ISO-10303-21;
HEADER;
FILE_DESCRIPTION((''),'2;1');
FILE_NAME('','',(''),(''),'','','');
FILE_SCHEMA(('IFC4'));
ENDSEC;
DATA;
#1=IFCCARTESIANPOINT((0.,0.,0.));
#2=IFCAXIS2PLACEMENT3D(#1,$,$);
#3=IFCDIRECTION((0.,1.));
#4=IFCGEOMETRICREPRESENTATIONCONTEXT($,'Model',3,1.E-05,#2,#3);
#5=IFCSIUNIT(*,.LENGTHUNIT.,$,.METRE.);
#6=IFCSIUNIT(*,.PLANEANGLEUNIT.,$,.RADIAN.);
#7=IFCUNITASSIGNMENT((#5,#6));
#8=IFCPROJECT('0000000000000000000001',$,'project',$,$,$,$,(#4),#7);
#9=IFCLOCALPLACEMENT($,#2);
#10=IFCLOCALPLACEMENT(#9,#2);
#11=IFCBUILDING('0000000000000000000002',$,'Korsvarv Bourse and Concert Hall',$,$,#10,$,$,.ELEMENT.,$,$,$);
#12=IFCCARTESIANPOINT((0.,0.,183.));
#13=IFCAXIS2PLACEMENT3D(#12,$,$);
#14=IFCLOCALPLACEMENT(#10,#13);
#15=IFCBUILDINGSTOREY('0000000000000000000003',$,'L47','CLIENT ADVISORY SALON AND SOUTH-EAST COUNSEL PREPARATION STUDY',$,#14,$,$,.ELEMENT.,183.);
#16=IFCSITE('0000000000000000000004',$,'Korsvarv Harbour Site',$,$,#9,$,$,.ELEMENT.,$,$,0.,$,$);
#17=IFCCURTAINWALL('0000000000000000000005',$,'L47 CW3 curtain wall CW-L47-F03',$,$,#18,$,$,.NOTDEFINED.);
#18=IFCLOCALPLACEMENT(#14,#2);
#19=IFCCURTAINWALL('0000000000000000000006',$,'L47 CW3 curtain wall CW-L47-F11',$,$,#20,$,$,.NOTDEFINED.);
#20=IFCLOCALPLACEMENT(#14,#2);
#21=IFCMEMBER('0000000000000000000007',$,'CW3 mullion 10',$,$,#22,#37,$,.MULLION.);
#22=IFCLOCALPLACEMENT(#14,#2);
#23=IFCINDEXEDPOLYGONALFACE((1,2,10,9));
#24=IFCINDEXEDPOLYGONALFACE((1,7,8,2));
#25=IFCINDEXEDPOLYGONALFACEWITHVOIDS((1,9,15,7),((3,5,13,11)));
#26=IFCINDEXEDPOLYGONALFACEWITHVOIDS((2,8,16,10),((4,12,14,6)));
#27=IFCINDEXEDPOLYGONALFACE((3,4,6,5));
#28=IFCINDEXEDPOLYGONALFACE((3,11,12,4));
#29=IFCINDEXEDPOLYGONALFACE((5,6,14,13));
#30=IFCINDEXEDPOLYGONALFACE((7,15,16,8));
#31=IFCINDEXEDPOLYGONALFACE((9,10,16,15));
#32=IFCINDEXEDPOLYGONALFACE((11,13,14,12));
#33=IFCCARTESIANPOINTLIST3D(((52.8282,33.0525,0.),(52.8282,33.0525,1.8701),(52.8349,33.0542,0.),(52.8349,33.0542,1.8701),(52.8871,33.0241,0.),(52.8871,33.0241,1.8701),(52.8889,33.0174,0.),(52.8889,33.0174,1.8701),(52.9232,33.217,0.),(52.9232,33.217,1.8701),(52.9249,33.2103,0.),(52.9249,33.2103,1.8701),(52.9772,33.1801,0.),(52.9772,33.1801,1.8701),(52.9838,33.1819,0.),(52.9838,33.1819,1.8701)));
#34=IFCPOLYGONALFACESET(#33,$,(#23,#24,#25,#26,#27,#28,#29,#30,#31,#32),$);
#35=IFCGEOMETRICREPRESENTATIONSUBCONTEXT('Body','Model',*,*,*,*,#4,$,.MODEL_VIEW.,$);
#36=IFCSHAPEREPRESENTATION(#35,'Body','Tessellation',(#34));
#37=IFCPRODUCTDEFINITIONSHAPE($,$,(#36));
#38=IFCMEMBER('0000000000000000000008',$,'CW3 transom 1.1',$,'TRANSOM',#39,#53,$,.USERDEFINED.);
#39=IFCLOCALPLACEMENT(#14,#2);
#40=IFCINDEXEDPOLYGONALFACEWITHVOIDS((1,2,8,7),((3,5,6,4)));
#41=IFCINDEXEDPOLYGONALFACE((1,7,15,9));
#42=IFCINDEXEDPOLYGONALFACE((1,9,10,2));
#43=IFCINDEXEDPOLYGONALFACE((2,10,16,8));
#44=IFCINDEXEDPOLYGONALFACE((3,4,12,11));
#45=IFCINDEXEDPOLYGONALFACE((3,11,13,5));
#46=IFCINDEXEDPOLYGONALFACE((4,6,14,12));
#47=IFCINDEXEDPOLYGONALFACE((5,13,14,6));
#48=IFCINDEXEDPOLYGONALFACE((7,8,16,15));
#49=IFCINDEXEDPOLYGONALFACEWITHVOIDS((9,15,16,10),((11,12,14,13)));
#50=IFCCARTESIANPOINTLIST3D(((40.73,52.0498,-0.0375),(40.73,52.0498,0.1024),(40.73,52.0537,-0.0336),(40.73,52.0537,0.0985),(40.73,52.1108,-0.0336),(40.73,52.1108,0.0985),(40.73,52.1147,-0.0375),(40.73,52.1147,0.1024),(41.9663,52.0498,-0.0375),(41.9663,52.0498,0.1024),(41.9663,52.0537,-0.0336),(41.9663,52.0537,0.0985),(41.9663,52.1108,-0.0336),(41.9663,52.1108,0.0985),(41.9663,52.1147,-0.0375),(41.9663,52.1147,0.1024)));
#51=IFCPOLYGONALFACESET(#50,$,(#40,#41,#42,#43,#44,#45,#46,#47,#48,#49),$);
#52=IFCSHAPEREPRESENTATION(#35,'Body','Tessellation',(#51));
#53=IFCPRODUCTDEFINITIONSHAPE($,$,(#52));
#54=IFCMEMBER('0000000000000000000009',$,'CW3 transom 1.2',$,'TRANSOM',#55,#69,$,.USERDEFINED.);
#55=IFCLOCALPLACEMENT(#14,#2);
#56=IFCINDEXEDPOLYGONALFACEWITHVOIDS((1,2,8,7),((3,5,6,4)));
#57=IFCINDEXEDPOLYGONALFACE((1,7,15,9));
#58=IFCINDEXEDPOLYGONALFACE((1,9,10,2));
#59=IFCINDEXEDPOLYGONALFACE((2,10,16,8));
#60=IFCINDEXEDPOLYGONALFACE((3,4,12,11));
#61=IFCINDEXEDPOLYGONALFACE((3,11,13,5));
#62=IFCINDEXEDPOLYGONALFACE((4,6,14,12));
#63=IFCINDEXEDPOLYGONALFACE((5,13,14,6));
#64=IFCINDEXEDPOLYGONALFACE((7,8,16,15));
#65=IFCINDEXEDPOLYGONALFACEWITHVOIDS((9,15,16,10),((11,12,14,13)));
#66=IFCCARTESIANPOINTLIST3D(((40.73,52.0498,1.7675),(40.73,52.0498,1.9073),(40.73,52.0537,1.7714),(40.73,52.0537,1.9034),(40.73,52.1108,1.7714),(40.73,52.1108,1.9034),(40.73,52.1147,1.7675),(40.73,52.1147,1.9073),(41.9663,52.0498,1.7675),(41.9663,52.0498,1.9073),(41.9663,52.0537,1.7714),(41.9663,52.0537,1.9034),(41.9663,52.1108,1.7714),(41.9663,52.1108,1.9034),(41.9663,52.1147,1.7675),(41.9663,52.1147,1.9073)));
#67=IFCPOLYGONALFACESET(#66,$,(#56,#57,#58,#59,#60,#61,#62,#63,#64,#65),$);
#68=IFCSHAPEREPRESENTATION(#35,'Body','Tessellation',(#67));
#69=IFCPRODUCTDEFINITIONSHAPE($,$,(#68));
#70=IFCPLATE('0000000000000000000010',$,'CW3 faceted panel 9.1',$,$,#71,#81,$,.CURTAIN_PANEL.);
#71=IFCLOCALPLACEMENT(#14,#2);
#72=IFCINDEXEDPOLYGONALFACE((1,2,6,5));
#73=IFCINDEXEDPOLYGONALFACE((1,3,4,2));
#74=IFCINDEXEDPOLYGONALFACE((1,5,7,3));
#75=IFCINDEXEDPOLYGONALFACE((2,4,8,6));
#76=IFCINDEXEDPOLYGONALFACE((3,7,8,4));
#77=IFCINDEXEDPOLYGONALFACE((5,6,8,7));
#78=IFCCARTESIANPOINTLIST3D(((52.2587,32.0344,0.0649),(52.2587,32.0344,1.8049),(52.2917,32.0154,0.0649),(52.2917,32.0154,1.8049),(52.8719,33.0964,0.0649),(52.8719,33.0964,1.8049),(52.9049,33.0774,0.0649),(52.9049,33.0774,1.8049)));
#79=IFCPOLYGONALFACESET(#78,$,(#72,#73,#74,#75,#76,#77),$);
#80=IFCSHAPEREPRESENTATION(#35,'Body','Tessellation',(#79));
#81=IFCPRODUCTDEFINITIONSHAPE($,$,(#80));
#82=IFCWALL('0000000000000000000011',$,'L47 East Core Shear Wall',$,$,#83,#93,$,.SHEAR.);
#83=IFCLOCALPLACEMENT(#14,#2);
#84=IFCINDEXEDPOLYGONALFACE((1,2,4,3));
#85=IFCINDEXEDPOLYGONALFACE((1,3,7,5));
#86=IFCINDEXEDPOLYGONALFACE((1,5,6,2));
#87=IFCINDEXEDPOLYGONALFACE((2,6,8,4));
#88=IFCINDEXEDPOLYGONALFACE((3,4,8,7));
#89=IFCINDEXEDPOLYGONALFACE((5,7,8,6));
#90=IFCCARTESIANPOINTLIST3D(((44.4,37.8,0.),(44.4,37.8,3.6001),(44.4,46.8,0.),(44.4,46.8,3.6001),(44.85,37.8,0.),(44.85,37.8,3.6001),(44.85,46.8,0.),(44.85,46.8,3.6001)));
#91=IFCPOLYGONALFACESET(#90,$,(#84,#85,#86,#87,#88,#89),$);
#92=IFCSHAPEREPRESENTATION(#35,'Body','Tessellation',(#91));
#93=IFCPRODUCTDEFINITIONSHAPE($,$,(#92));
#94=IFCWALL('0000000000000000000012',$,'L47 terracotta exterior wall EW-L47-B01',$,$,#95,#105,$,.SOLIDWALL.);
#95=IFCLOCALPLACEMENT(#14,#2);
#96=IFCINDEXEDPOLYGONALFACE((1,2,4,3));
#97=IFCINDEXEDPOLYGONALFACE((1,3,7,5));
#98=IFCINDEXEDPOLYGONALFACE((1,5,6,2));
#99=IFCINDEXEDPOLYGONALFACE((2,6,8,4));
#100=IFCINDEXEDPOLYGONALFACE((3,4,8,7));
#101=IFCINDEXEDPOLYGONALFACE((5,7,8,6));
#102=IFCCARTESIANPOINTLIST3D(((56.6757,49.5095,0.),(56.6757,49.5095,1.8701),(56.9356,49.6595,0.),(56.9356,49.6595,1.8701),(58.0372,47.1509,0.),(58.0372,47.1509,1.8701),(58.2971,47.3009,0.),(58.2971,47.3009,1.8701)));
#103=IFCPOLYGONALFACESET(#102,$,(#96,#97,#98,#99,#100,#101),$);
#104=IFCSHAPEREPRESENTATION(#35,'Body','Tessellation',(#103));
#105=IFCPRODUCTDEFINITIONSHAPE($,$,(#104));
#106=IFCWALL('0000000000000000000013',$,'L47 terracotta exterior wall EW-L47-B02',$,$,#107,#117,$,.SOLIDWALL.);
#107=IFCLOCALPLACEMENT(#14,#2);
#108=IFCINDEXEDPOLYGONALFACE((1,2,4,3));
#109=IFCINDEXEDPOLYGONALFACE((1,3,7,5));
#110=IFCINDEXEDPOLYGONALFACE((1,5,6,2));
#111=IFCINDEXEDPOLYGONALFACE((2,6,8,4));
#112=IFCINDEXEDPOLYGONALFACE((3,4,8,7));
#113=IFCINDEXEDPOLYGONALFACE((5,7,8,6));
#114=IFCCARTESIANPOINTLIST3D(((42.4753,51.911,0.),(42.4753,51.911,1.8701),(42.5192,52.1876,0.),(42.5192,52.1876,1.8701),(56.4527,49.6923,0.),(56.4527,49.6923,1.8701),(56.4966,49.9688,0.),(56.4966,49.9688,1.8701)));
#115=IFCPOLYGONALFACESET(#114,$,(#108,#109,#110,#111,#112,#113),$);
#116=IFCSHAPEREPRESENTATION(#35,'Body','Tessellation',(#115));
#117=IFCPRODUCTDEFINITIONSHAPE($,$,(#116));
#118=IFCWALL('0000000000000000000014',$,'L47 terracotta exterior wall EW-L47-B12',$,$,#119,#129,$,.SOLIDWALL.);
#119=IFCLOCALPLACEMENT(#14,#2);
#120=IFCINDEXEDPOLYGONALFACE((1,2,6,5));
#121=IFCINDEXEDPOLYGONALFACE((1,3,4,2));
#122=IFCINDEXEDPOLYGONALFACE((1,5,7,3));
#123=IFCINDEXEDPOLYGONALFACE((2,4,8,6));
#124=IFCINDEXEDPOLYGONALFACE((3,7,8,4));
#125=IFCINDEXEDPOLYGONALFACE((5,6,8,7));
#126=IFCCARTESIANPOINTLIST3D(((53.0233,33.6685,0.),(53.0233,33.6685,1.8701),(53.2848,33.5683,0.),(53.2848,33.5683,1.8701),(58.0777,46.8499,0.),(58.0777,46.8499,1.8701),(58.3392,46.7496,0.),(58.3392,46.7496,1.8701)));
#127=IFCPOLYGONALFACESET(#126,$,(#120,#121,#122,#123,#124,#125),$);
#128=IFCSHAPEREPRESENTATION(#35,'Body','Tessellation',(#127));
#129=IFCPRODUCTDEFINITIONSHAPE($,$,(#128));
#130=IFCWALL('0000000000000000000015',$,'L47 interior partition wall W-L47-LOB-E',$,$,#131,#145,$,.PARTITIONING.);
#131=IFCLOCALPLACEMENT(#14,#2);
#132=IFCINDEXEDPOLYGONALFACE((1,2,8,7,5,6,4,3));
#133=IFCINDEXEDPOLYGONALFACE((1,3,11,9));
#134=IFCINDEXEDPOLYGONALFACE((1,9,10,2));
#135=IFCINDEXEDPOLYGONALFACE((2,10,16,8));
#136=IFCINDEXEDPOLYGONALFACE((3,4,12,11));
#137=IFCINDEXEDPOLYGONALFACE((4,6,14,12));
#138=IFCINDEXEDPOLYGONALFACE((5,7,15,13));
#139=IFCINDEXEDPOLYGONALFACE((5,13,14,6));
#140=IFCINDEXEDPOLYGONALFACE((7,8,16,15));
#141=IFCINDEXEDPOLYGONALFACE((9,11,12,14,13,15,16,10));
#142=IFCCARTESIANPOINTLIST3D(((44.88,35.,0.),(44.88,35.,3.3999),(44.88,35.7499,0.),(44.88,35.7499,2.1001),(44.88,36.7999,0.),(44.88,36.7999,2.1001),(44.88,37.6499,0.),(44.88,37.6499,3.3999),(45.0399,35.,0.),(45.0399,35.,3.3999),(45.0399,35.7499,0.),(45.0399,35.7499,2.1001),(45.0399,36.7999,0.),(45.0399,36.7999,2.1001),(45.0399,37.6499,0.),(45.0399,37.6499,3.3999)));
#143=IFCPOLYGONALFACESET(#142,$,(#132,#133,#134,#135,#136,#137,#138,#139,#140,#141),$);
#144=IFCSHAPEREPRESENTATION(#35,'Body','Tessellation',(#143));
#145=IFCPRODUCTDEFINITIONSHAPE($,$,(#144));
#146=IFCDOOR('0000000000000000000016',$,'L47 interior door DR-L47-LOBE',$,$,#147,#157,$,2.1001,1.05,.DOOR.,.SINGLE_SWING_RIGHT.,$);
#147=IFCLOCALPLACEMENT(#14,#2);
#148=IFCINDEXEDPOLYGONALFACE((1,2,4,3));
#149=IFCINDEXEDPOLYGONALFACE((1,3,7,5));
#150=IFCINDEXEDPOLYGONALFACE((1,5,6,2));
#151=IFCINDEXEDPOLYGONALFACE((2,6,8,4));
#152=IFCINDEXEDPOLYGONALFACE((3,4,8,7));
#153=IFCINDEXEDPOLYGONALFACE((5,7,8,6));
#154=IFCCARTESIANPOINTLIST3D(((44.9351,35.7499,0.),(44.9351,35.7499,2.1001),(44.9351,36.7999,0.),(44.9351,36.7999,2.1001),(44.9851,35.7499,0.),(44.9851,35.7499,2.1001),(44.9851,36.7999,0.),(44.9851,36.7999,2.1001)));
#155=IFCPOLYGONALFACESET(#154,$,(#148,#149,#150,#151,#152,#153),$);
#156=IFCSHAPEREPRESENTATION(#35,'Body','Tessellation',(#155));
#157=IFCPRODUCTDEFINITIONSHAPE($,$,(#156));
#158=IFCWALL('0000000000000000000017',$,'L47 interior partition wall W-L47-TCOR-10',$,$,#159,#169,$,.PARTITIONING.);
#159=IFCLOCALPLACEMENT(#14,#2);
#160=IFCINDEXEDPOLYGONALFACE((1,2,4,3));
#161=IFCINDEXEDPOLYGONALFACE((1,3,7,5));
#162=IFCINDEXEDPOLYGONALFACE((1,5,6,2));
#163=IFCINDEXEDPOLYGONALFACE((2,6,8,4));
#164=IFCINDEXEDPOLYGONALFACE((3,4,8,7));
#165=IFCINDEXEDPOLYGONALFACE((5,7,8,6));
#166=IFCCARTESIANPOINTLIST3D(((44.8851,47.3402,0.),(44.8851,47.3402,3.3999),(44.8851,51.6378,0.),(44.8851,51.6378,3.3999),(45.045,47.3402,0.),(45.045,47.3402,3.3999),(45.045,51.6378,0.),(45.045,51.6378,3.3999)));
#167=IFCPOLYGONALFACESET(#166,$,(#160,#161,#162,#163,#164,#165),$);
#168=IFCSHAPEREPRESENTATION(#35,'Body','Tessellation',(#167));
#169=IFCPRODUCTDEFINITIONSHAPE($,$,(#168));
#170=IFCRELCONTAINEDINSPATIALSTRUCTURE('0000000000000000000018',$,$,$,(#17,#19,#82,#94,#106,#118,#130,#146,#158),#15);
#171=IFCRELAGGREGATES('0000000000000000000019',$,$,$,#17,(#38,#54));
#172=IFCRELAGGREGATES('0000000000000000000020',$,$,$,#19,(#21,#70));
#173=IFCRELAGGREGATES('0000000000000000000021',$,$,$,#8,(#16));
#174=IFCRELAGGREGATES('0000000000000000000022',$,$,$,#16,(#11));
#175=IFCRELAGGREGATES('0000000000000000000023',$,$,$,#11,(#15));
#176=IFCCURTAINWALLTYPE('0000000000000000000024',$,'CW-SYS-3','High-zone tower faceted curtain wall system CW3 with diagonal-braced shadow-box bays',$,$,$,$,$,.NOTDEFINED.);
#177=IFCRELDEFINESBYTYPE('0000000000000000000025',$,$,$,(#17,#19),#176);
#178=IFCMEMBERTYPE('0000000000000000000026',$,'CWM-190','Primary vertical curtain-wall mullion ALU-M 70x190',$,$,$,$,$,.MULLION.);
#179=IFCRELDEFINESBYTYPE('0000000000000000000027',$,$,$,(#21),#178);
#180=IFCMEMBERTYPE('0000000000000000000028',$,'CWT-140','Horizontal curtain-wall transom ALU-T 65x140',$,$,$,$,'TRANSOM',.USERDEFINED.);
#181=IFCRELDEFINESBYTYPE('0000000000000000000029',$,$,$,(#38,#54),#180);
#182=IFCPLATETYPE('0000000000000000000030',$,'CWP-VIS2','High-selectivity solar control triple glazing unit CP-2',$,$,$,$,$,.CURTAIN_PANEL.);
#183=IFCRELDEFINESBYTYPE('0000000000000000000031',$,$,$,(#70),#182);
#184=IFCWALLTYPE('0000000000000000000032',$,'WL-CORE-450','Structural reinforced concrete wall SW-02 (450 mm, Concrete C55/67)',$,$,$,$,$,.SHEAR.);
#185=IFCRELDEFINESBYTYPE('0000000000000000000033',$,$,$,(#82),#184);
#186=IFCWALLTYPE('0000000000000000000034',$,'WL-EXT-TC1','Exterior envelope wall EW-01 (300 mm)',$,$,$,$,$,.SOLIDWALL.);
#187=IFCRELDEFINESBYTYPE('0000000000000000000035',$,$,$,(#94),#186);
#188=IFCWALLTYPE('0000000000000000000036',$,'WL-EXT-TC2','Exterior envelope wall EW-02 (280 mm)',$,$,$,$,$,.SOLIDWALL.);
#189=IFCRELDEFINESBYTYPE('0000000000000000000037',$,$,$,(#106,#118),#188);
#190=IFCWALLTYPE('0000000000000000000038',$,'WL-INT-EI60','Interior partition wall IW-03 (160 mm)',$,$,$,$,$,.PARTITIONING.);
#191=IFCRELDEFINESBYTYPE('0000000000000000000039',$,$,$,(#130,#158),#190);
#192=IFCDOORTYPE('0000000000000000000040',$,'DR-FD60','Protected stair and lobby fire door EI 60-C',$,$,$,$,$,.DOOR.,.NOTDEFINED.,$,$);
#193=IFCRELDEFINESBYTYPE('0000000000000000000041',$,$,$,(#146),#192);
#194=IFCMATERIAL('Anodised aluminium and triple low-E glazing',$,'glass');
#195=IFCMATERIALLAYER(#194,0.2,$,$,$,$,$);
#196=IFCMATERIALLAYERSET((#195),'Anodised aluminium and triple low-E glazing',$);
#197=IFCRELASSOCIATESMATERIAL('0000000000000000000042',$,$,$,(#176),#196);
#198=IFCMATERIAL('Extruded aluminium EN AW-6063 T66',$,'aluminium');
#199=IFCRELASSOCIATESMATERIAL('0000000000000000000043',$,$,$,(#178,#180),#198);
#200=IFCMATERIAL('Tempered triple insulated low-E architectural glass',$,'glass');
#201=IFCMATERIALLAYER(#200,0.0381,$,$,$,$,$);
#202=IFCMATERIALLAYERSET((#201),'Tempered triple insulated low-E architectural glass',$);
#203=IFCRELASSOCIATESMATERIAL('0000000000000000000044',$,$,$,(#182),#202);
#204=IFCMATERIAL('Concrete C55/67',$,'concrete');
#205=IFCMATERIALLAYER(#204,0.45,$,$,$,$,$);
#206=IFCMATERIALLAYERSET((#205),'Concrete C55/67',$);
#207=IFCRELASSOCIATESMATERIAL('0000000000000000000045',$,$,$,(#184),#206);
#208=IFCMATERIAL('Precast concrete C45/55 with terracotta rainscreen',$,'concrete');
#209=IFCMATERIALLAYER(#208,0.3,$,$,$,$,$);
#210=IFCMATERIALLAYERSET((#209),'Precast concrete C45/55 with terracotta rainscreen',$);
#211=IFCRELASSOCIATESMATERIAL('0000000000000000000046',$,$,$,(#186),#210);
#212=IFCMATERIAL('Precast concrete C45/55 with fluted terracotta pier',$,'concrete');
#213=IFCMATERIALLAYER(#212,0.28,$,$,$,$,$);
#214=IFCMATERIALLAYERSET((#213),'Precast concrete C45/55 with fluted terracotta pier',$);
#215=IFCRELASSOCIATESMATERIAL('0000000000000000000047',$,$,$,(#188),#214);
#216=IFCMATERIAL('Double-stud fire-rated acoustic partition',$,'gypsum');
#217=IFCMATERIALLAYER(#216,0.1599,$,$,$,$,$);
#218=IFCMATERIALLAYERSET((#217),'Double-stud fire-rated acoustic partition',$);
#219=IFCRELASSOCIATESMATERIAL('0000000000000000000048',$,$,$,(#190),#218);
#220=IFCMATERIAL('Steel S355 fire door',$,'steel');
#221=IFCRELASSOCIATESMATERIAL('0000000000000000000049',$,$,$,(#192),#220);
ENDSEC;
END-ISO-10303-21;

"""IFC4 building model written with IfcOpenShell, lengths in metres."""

from ifc_helpers import new_model, si_unit, direction, frame, frame_2d, origin, origin_2d, place, context, subcontext, project, spatial, rectangle, hollow_rectangle, extrude, source, transform, mapped, material, layer, layer_set, material_profile, profile_set, type_object, element, fill, aggregate, save


model = new_model("IFC4")

# Units and contexts
model_context = context("Model", 3, precision=1e-05, world=origin(), true_north=direction((0.0, 1.0)))
body_context = subcontext(model_context, "Body", "Model", "MODEL_VIEW")
ifc_project = project(units=[si_unit("LENGTHUNIT", "METRE"), si_unit("PLANEANGLEUNIT", "RADIAN")], contexts=[model_context])

# Site, building, storey
site_placement = place(None, origin())
site = spatial("IfcSite", under=ifc_project, at=site_placement, Name="Korsvarv Harbour Site", CompositionType="ELEMENT", RefElevation=0.0)
building_placement = place(site_placement, origin())
building = spatial("IfcBuilding", under=site, at=building_placement, Name="Korsvarv Bourse and Concert Hall", CompositionType="ELEMENT")
storey_placement = place(building_placement, frame((0.0, 0.0, 183.0)))
storey = spatial("IfcBuildingStorey", under=building, at=storey_placement, Name="L47", Description="CLIENT ADVISORY SALON AND SOUTH-EAST COUNSEL PREPARATION STUDY", CompositionType="ELEMENT", Elevation=183.0)

# Shared definitions
ifc_material_1 = material(Name="Concrete C55/67", Category="concrete")

# Curtain walls, member
ifc_material_2 = material(Name="Anodised aluminium and triple low-E glazing", Category="glass")
ifc_layer_1 = layer(ifc_material_2, 0.2)
ifc_layer_set_1 = layer_set([ifc_layer_1], Name="Anodised aluminium and triple low-E glazing")
curtain_wall_type = type_object("IfcCurtainWallType", Name="CW-SYS-3", Description="High-zone tower faceted curtain wall system CW3 with diagonal-braced shadow-box bays", PredefinedType="NOTDEFINED", material=ifc_layer_set_1)
curtain_wall_1_placement = place(storey_placement, origin())
curtain_wall_1 = element("IfcCurtainWall", 1, at=curtain_wall_1_placement, inside=storey, type_object=curtain_wall_type, Name="L47 CW3 curtain wall CW-L47-F03", PredefinedType="NOTDEFINED")
ifc_material_3 = material(Name="Extruded aluminium EN AW-6063 T66", Category="aluminium")
ifc_material_profile_1 = material_profile(ifc_material_3, hollow_rectangle(XDim=0.0701, YDim=0.1899, WallThickness=0.0049, at=origin_2d()), Name="ALU-M 70x190")
ifc_profile_set_1 = profile_set([ifc_material_profile_1], Name="Extruded aluminium EN AW-6063 T66")
member_type_1 = type_object("IfcMemberType", Name="CWM-190", Description="Primary vertical curtain-wall mullion ALU-M 70x190", PredefinedType="MULLION", material=ifc_profile_set_1)
shared_shape_1 = source(origin(), body_context, "Body", "SweptSolid", [
    extrude(hollow_rectangle(XDim=0.0701, YDim=0.1899, WallThickness=0.0049, at=origin_2d()), origin(), (0.0, 0.0, 1.0), 1.8701),
])
curtain_wall_2_placement = place(storey_placement, origin())
curtain_wall_2 = element("IfcCurtainWall", 2, at=curtain_wall_2_placement, inside=storey, type_object=curtain_wall_type, Name="L47 CW3 curtain wall CW-L47-F11", PredefinedType="NOTDEFINED")
member_1_placement = place(storey_placement, frame((52.906, 33.1172, 0.0), z_axis=(0.0, 0.0, 1.0), x_axis=(-0.866029, 0.499994, 0.0)))
member_1 = element("IfcMember", 3, at=member_1_placement, type_object=member_type_1, Name="CW3 mullion 10", PredefinedType="MULLION", context=body_context, shape_type="MappedRepresentation", body=[
    mapped(shared_shape_1, transform((0.0, 0.0, 0.0), scale=1.0)),
])

# Members
ifc_material_profile_2 = material_profile(ifc_material_3, hollow_rectangle(XDim=0.0649, YDim=0.1399, WallThickness=0.0039, at=origin_2d()), Name="ALU-T 65x140")
ifc_profile_set_2 = profile_set([ifc_material_profile_2], Name="Extruded aluminium EN AW-6063 T66")
member_type_2 = type_object("IfcMemberType", Name="CWT-140", Description="Horizontal curtain-wall transom ALU-T 65x140", ElementType="TRANSOM", PredefinedType="USERDEFINED", material=ifc_profile_set_2)
shared_shape_2 = source(origin(), body_context, "Body", "SweptSolid", [
    extrude(hollow_rectangle(XDim=0.0649, YDim=0.1399, WallThickness=0.0039, at=origin_2d()), origin(), (0.0, 0.0, 1.0), 1.2363),
])
member_2_placement = place(storey_placement, frame((41.9663, 52.0823, 0.0325), z_axis=(-1.0, 0.0, 0.0), x_axis=(0.0, -1.0, 0.0)))
member_2 = element("IfcMember", 4, at=member_2_placement, type_object=member_type_2, Name="CW3 transom 1.1", ObjectType="TRANSOM", PredefinedType="USERDEFINED", context=body_context, shape_type="MappedRepresentation", body=[
    mapped(shared_shape_2, transform((0.0, 0.0, 0.0), scale=1.0)),
])
member_3_placement = place(storey_placement, frame((41.9663, 52.0823, 1.8374), z_axis=(-1.0, 0.0, 0.0), x_axis=(0.0, -1.0, 0.0)))
member_3 = element("IfcMember", 5, at=member_3_placement, type_object=member_type_2, Name="CW3 transom 1.2", ObjectType="TRANSOM", PredefinedType="USERDEFINED", context=body_context, shape_type="MappedRepresentation", body=[
    mapped(shared_shape_2, transform((0.0, 0.0, 0.0), scale=1.0)),
])
aggregate(curtain_wall_1, [member_2, member_3])

# Plate
ifc_material_4 = material(Name="Tempered triple insulated low-E architectural glass", Category="glass")
ifc_layer_2 = layer(ifc_material_4, 0.0381)
ifc_layer_set_2 = layer_set([ifc_layer_2], Name="Tempered triple insulated low-E architectural glass")
plate_type = type_object("IfcPlateType", Name="CWP-VIS2", Description="High-selectivity solar control triple glazing unit CP-2", PredefinedType="CURTAIN_PANEL", material=ifc_layer_set_2)
shared_shape_3 = source(origin(), body_context, "Body", "SweptSolid", [
    extrude(rectangle(XDim=1.2263, YDim=0.0381, at=origin_2d()), origin(), (0.0, 0.0, 1.0), 1.74),
])
plate_placement = place(storey_placement, frame((52.5818, 32.5559, 0.0649), z_axis=(0.0, 0.0, 1.0), x_axis=(0.499994, 0.866029, 0.0)))
plate = element("IfcPlate", 6, at=plate_placement, type_object=plate_type, Name="CW3 faceted panel 9.1", PredefinedType="CURTAIN_PANEL", context=body_context, shape_type="MappedRepresentation", body=[
    mapped(shared_shape_3, transform((0.0, 0.0, 0.0), scale=1.0)),
])
aggregate(curtain_wall_2, [member_1, plate])

# Walls
ifc_layer_3 = layer(ifc_material_1, 0.45)
ifc_layer_set_3 = layer_set([ifc_layer_3], Name="Concrete C55/67")
wall_type_1 = type_object("IfcWallType", Name="WL-CORE-450", Description="Structural reinforced concrete wall SW-02 (450 mm, Concrete C55/67)", PredefinedType="SHEAR", material=ifc_layer_set_3)
wall_1_placement = place(storey_placement, frame((44.625, 37.8, 0.0), z_axis=(0.0, 0.0, 1.0), x_axis=(0.0, 1.0, 0.0)))
element("IfcWall", 7, at=wall_1_placement, inside=storey, type_object=wall_type_1, Name="L47 East Core Shear Wall", PredefinedType="SHEAR", context=body_context, shape_type="SweptSolid", body=[
    extrude(rectangle(XDim=9.0, YDim=0.45, at=frame_2d((4.5, 0.0))), origin(), (0.0, 0.0, 1.0), 3.6001),
])
ifc_material_5 = material(Name="Precast concrete C45/55 with terracotta rainscreen", Category="concrete")
ifc_layer_4 = layer(ifc_material_5, 0.3)
ifc_layer_set_4 = layer_set([ifc_layer_4], Name="Precast concrete C45/55 with terracotta rainscreen")
wall_type_2 = type_object("IfcWallType", Name="WL-EXT-TC1", Description="Exterior envelope wall EW-01 (300 mm)", PredefinedType="SOLIDWALL", material=ifc_layer_set_4)
wall_2_placement = place(storey_placement, frame((58.1672, 47.2258, 0.0), z_axis=(0.0, 0.0, 1.0), x_axis=(-0.499947, 0.866056, 0.0)))
element("IfcWall", 8, at=wall_2_placement, inside=storey, type_object=wall_type_2, Name="L47 terracotta exterior wall EW-L47-B01", PredefinedType="SOLIDWALL", context=body_context, shape_type="SweptSolid", body=[
    extrude(rectangle(XDim=2.7234, YDim=0.3, at=frame_2d((1.3618, 0.0))), origin(), (0.0, 0.0, 1.0), 1.8701),
])
ifc_material_6 = material(Name="Precast concrete C45/55 with fluted terracotta pier", Category="concrete")
ifc_layer_5 = layer(ifc_material_6, 0.28)
ifc_layer_set_5 = layer_set([ifc_layer_5], Name="Precast concrete C45/55 with fluted terracotta pier")
wall_type_3 = type_object("IfcWallType", Name="WL-EXT-TC2", Description="Exterior envelope wall EW-02 (280 mm)", PredefinedType="SOLIDWALL", material=ifc_layer_set_5)
wall_3_placement = place(storey_placement, frame((56.4746, 49.8306, 0.0), z_axis=(0.0, 0.0, 1.0), x_axis=(-0.987634, 0.156777, 0.0)))
element("IfcWall", 9, at=wall_3_placement, inside=storey, type_object=wall_type_3, Name="L47 terracotta exterior wall EW-L47-B02", PredefinedType="SOLIDWALL", context=body_context, shape_type="SweptSolid", body=[
    extrude(rectangle(XDim=14.1523, YDim=0.28, at=frame_2d((7.0762, 0.0))), origin(), (0.0, 0.0, 1.0), 1.8701),
])
wall_4_placement = place(storey_placement, frame((53.1541, 33.6184, 0.0), z_axis=(0.0, 0.0, 1.0), x_axis=(0.358033, 0.933709, 0.0)))
element("IfcWall", 10, at=wall_4_placement, inside=storey, type_object=wall_type_3, Name="L47 terracotta exterior wall EW-L47-B12", PredefinedType="SOLIDWALL", context=body_context, shape_type="SweptSolid", body=[
    extrude(rectangle(XDim=14.1172, YDim=0.28, at=frame_2d((7.0586, 0.0))), origin(), (0.0, 0.0, 1.0), 1.8701),
])

# Wall, opening, door
ifc_material_7 = material(Name="Double-stud fire-rated acoustic partition", Category="gypsum")
ifc_layer_6 = layer(ifc_material_7, 0.1599)
ifc_layer_set_6 = layer_set([ifc_layer_6], Name="Double-stud fire-rated acoustic partition")
wall_type_4 = type_object("IfcWallType", Name="WL-INT-EI60", Description="Interior partition wall IW-03 (160 mm)", PredefinedType="PARTITIONING", material=ifc_layer_set_6)
wall_5_placement = place(storey_placement, frame((44.96, 35.0, 0.0), z_axis=(0.0, 0.0, 1.0), x_axis=(0.0, 1.0, 0.0)))
wall_5 = element("IfcWall", 11, at=wall_5_placement, inside=storey, type_object=wall_type_4, Name="L47 interior partition wall W-L47-LOB-E", PredefinedType="PARTITIONING", context=body_context, shape_type="SweptSolid", body=[
    extrude(rectangle(XDim=2.6499, YDim=0.1599, at=frame_2d((1.325, 0.0))), origin(), (0.0, 0.0, 1.0), 3.3999),
])
opening_placement = place(wall_5_placement, frame((0.75, 0.0, 0.0)))
opening = element("IfcOpeningElement", 12, at=opening_placement, cuts=wall_5, PredefinedType="OPENING", context=body_context, shape_type="SweptSolid", body=[
    extrude(rectangle(XDim=1.05, YDim=2.1001, at=frame_2d((0.5249, 1.05))), frame((0.0, 0.0898, 0.0), z_axis=(0.0, -1.0, 0.0), x_axis=(1.0, 0.0, 0.0)), (0.0, 0.0, 1.0), 0.1799),
])
ifc_material_8 = material(Name="Steel S355 fire door", Category="steel")
door_type = type_object("IfcDoorType", Name="DR-FD60", Description="Protected stair and lobby fire door EI 60-C", OperationType="NOTDEFINED", PredefinedType="DOOR", material=ifc_material_8)
door_placement = place(opening_placement, origin())
door = element("IfcDoor", 13, at=door_placement, inside=storey, type_object=door_type, Name="L47 interior door DR-L47-LOBE", OperationType="SINGLE_SWING_RIGHT", OverallHeight=2.1001, OverallWidth=1.05, PredefinedType="DOOR", context=body_context, shape_type="SweptSolid", body=[
    extrude(rectangle(XDim=1.05, YDim=2.1001, at=frame_2d((0.5249, 1.05))), frame((0.0, 0.0249, 0.0), z_axis=(0.0, -1.0, 0.0), x_axis=(1.0, 0.0, 0.0)), (0.0, 0.0, 1.0), 0.05),
])
fill(opening, door)

# Wall
wall_6_placement = place(storey_placement, frame((44.9651, 47.3401, 0.0), z_axis=(0.0, 0.0, 1.0), x_axis=(0.0, 1.0, 0.0)))
element("IfcWall", 14, at=wall_6_placement, inside=storey, type_object=wall_type_4, Name="L47 interior partition wall W-L47-TCOR-10", PredefinedType="PARTITIONING", context=body_context, shape_type="SweptSolid", body=[
    extrude(rectangle(XDim=4.2976, YDim=0.1599, at=frame_2d((2.1489, 0.0))), origin(), (0.0, 0.0, 1.0), 3.3999),
])

save(model, "model.ifc")
